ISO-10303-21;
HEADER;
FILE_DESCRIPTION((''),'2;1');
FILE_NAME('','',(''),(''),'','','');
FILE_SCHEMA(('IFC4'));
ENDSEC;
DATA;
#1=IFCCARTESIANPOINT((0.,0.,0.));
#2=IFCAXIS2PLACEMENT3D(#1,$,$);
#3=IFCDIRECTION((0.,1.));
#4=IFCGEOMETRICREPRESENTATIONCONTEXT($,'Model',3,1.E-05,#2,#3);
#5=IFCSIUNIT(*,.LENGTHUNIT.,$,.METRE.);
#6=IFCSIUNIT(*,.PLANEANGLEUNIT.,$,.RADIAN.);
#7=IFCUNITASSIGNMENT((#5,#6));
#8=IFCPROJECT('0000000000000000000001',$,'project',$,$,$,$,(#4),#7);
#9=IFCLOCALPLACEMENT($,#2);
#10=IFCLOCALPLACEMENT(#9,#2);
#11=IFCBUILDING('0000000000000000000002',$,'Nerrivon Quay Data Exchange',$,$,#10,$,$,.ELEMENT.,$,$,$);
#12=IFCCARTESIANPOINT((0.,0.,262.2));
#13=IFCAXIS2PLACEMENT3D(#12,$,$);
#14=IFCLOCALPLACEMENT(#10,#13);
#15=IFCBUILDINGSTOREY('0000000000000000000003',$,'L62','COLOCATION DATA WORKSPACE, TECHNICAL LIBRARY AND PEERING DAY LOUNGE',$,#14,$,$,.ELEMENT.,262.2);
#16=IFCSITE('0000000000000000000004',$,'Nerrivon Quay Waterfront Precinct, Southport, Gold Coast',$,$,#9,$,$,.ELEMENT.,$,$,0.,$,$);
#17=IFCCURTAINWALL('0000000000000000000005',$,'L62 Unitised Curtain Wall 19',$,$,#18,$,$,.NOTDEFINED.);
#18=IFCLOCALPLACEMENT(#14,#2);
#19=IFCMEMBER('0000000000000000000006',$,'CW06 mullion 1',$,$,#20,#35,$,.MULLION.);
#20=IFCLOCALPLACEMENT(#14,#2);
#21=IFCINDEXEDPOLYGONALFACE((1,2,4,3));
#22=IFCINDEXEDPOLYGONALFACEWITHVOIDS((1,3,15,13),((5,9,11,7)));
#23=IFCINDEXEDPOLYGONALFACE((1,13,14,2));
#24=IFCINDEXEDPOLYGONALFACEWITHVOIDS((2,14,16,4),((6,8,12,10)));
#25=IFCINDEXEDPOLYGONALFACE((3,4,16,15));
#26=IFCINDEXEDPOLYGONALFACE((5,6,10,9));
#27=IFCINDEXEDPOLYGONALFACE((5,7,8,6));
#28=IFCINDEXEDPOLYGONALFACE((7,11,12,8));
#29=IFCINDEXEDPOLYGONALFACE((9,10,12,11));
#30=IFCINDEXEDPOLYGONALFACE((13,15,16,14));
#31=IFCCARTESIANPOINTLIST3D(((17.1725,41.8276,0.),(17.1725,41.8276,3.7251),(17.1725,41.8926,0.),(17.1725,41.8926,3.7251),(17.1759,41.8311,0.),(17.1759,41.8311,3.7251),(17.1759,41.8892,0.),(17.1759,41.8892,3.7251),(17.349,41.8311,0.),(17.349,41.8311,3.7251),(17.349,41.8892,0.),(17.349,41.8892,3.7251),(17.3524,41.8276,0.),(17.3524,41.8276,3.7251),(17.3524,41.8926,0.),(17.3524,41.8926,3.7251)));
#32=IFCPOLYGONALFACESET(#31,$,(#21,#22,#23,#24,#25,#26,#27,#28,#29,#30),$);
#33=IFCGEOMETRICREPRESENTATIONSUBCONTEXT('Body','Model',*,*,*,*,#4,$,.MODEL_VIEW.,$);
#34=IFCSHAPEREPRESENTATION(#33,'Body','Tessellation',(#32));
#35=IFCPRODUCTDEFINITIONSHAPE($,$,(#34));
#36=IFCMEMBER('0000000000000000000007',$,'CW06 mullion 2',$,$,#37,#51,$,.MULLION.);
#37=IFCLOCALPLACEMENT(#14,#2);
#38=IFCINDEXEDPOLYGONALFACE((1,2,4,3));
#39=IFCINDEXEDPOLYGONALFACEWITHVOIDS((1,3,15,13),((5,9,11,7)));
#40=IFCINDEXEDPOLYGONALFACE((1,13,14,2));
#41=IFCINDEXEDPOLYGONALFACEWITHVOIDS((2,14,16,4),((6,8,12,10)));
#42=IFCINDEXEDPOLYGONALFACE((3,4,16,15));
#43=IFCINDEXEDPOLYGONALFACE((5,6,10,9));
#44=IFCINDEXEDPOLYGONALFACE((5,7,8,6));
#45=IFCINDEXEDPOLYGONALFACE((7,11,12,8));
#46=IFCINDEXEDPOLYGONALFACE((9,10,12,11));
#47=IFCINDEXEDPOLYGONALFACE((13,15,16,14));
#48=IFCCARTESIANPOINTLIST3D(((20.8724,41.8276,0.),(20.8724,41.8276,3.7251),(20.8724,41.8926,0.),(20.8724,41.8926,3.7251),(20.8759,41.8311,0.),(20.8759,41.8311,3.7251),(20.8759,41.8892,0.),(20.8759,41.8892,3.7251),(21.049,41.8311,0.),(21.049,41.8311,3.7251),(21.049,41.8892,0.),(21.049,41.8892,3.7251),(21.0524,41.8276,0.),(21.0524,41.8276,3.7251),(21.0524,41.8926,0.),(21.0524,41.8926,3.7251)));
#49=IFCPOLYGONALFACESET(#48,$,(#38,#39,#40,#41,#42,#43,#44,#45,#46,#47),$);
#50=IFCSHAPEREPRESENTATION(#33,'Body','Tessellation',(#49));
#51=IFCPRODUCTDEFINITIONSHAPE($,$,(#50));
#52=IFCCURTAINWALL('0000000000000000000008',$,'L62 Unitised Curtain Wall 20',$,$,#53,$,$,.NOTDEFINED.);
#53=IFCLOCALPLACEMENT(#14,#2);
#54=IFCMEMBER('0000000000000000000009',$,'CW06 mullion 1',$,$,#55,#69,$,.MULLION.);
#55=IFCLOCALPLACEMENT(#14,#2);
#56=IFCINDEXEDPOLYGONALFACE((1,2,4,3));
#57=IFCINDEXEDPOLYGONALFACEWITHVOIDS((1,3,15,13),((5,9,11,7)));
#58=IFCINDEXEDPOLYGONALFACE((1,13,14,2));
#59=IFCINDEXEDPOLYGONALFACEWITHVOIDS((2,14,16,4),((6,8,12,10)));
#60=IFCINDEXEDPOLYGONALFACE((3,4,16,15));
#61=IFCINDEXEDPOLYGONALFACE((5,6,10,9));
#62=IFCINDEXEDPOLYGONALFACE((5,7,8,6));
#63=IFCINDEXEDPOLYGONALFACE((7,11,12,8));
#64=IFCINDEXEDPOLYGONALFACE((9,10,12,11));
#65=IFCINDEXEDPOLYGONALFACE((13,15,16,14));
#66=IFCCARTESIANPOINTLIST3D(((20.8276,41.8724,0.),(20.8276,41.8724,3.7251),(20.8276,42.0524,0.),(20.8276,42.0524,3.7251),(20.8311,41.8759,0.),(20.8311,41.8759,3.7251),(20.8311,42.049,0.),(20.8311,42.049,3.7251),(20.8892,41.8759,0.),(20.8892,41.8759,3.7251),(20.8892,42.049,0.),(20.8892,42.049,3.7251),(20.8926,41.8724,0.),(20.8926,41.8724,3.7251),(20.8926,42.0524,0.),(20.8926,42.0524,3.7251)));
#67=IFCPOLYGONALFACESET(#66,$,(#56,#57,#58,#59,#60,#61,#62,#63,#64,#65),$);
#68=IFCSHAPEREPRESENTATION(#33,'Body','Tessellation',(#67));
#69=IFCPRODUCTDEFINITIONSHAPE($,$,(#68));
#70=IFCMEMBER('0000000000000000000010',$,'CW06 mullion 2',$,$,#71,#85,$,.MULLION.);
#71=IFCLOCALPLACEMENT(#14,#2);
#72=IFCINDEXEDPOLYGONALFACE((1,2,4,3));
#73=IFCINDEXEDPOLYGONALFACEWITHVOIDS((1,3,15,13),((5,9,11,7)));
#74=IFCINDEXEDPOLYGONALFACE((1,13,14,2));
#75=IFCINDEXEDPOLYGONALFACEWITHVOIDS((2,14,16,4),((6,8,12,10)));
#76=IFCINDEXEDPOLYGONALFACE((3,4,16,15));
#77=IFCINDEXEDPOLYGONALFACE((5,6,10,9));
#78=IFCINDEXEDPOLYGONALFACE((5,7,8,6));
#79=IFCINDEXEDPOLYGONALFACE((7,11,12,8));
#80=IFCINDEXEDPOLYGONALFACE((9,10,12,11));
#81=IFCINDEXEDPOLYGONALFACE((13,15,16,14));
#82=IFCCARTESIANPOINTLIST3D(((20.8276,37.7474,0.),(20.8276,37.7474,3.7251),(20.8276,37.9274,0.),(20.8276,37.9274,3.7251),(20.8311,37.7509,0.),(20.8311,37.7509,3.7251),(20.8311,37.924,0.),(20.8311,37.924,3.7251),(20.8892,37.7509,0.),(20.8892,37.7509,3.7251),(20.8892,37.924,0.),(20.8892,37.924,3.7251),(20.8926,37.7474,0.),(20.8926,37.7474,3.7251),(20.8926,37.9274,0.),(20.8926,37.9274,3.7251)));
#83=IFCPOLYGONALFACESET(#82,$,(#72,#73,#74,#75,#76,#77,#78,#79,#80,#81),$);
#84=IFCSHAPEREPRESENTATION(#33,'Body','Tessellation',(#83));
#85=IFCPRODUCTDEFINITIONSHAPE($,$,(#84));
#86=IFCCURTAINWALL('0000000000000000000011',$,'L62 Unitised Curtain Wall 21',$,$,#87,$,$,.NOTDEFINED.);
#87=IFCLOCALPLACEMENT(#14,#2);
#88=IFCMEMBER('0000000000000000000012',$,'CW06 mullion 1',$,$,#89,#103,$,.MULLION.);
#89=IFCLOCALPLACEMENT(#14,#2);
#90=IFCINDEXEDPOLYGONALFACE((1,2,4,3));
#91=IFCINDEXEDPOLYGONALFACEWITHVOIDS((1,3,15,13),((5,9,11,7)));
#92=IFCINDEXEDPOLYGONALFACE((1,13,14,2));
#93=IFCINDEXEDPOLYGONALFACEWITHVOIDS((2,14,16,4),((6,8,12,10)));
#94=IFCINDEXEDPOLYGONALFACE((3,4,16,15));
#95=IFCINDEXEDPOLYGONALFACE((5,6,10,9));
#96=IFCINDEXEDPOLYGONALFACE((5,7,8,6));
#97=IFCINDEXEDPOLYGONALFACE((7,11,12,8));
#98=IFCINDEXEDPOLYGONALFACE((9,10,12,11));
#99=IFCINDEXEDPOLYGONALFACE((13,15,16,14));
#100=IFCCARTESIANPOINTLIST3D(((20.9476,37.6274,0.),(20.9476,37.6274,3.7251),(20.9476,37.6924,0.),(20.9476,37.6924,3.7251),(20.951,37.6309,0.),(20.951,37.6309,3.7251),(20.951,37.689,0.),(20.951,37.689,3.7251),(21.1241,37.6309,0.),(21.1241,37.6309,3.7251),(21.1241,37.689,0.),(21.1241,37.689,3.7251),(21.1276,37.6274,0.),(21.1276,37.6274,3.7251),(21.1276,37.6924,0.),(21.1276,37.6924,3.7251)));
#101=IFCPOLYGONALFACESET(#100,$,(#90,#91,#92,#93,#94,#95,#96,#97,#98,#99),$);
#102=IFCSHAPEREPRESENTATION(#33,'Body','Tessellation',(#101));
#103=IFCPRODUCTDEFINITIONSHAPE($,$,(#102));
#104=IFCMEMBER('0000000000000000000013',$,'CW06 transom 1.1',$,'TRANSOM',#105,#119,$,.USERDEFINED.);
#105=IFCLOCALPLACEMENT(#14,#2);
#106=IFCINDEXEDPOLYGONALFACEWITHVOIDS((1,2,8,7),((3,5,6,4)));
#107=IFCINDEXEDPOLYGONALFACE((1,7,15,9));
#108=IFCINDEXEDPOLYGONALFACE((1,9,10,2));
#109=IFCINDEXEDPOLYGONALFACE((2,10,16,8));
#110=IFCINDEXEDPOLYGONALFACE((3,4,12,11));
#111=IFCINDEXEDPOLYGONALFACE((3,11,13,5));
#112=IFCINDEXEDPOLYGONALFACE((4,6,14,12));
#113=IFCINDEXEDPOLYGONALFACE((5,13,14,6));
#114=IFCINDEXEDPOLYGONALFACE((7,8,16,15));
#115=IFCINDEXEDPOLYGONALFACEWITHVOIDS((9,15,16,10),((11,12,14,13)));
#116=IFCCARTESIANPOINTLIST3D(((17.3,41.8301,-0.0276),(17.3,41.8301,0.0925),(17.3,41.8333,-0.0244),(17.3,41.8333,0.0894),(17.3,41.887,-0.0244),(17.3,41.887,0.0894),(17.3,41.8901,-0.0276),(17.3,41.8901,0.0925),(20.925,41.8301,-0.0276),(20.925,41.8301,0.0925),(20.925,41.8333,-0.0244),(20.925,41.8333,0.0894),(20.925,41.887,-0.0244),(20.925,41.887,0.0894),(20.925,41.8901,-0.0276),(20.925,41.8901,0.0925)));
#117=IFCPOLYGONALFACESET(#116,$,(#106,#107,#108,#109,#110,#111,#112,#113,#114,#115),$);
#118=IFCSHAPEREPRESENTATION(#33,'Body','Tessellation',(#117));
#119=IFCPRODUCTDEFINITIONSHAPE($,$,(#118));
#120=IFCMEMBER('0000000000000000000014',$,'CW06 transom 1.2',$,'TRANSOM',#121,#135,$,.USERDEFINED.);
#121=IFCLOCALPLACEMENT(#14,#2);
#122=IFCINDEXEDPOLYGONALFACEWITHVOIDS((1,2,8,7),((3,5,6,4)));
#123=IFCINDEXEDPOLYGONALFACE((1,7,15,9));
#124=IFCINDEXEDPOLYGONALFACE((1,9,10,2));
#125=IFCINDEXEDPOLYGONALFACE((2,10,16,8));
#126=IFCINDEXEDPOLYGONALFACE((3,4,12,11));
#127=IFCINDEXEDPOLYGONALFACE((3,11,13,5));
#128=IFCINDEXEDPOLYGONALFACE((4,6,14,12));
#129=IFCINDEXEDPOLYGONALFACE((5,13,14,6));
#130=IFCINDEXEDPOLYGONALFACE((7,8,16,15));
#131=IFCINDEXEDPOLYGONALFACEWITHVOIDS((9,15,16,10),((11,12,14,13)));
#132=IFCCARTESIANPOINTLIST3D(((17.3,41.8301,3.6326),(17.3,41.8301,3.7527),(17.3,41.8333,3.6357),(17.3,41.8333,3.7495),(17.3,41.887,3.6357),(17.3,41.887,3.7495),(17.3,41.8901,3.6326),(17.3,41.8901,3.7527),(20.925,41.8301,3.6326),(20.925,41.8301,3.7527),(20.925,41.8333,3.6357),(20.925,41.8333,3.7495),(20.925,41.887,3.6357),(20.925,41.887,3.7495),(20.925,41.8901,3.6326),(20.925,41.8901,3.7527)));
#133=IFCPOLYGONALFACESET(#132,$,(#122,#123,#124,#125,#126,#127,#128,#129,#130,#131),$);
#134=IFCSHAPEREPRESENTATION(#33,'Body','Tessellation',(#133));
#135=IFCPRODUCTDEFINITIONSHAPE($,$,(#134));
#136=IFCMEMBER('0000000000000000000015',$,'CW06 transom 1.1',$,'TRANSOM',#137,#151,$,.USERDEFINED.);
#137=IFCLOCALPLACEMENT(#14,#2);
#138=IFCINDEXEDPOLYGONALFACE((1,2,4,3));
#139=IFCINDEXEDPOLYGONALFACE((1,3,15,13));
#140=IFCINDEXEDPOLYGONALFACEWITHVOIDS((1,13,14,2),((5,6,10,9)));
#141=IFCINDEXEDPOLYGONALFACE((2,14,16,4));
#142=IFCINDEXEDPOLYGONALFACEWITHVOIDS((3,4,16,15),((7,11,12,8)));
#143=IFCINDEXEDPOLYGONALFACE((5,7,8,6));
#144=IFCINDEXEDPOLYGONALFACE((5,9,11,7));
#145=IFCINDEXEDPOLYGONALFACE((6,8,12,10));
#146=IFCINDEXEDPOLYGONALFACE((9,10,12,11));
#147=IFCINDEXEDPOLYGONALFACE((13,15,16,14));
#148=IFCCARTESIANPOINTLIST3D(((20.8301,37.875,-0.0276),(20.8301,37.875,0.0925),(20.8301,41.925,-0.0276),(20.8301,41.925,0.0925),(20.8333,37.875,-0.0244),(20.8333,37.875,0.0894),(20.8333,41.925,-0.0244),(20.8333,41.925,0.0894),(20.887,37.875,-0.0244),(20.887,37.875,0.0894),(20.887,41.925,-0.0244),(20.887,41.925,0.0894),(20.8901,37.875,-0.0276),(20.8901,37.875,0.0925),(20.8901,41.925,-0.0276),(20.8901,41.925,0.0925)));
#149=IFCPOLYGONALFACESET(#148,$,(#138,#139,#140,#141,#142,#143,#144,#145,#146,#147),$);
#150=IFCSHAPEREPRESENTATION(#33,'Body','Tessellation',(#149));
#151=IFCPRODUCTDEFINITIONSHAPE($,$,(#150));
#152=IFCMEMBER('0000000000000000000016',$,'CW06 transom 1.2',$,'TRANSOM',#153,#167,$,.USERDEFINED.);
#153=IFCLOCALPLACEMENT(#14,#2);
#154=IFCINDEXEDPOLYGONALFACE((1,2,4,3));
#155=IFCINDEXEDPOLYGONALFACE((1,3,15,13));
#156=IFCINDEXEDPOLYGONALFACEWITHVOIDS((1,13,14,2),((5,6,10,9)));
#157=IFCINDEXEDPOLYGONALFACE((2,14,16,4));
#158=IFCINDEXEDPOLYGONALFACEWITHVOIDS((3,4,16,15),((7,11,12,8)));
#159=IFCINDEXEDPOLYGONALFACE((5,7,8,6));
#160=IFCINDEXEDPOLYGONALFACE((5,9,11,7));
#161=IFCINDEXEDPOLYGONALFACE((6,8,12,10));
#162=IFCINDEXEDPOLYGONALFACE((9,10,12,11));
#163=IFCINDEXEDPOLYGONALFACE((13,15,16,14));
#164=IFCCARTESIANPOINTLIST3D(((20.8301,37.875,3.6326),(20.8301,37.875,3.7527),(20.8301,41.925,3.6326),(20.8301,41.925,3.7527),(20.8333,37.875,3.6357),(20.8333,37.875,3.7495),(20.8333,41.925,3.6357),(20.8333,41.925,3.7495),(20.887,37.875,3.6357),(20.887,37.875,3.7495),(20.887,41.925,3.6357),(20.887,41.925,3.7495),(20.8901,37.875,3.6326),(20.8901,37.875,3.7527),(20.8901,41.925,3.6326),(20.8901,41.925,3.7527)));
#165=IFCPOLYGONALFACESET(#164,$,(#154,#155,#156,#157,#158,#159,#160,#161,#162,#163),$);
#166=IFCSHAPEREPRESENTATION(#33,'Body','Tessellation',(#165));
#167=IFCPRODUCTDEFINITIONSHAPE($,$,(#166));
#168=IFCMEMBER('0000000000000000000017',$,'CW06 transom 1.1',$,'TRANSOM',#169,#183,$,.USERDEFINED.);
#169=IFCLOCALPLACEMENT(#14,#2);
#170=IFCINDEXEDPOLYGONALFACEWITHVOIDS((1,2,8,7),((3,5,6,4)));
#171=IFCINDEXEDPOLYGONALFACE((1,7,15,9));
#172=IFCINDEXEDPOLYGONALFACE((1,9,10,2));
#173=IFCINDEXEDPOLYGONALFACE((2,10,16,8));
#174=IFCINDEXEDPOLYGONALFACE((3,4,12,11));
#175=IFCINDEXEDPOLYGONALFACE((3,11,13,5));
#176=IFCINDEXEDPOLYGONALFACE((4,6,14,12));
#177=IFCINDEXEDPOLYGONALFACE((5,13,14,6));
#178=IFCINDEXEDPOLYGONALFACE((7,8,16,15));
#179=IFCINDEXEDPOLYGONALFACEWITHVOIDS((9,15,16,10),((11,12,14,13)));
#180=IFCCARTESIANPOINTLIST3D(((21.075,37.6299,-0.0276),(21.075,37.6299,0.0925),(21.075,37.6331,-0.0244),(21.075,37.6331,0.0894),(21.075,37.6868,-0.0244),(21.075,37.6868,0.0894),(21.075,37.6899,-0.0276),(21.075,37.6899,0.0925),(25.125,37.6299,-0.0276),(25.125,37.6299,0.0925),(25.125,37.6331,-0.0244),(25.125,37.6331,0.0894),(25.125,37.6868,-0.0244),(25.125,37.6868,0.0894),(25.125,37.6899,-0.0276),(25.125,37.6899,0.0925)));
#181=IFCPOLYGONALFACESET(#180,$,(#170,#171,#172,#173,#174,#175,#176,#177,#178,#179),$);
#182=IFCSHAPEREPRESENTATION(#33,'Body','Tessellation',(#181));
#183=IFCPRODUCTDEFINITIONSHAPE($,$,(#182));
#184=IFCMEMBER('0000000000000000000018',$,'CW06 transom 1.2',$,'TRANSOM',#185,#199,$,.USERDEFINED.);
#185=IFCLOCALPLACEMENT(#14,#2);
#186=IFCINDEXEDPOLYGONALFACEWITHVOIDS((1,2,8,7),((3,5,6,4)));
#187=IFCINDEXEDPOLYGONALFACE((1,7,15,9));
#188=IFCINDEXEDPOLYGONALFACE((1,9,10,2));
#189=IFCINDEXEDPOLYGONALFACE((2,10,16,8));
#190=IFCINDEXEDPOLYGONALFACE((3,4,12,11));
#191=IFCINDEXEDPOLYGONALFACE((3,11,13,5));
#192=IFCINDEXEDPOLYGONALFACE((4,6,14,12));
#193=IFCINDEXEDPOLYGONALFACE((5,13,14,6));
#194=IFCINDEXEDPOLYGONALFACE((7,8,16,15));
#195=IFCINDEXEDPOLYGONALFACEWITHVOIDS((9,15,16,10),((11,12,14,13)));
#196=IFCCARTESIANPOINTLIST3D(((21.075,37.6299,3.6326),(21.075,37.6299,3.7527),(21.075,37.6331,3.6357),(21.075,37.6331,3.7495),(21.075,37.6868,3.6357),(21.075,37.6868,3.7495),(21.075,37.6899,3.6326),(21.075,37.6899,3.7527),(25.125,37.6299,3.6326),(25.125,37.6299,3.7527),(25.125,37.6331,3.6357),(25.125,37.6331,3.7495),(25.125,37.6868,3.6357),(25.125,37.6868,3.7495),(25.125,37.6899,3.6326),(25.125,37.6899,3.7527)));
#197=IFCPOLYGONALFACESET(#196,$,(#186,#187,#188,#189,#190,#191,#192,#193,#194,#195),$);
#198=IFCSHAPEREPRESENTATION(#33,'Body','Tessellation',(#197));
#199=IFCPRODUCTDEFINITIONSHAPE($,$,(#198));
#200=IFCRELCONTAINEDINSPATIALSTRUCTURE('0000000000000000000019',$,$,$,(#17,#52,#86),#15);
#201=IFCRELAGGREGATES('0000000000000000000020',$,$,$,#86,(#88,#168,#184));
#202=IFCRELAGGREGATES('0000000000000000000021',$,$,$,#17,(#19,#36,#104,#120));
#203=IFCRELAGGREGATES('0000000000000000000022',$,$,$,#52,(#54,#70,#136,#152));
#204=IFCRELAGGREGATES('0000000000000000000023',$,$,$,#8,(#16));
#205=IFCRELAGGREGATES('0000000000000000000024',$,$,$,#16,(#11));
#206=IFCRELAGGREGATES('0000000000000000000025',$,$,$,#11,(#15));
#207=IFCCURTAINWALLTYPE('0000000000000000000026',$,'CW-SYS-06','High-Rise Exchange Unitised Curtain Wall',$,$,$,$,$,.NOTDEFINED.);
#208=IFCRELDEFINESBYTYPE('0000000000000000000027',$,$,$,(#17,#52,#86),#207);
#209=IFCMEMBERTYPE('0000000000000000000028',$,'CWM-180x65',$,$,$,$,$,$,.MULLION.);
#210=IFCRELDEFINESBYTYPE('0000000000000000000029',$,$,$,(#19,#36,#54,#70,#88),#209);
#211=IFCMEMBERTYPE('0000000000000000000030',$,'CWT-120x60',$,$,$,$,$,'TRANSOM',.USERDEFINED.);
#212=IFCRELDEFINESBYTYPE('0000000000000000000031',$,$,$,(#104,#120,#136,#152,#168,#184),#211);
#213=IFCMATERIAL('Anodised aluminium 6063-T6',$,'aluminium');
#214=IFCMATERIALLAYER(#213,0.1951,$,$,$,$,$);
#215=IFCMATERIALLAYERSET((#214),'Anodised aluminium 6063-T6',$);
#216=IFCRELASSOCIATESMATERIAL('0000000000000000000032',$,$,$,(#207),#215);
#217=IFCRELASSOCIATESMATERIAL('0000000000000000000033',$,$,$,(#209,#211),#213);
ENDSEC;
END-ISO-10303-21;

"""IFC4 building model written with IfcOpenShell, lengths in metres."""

from ifc_helpers import new_model, si_unit, direction, frame, origin, origin_2d, place, context, subcontext, project, spatial, hollow_rectangle, extrude, material, layer, layer_set, material_profile, profile_set, type_object, element, aggregate, save


model = new_model("IFC4")

# Units and contexts
model_context = context("Model", 3, precision=1e-05, world=origin(), true_north=direction((0.0, 1.0)))
body_context = subcontext(model_context, "Body", "Model", "MODEL_VIEW")
ifc_project = project(units=[si_unit("LENGTHUNIT", "METRE"), si_unit("PLANEANGLEUNIT", "RADIAN")], contexts=[model_context])

# Site, building, storey
site_placement = place(None, origin())
site = spatial("IfcSite", under=ifc_project, at=site_placement, Name="Nerrivon Quay Waterfront Precinct, Southport, Gold Coast", CompositionType="ELEMENT", RefElevation=0.0)
building_placement = place(site_placement, origin())
building = spatial("IfcBuilding", under=site, at=building_placement, Name="Nerrivon Quay Data Exchange", CompositionType="ELEMENT")
storey_placement = place(building_placement, frame((0.0, 0.0, 262.2)))
storey = spatial("IfcBuildingStorey", under=building, at=storey_placement, Name="L62", Description="COLOCATION DATA WORKSPACE, TECHNICAL LIBRARY AND PEERING DAY LOUNGE", CompositionType="ELEMENT", Elevation=262.2)

# Curtain walls, members
ifc_material_1 = material(Name="Anodised aluminium 6063-T6", Category="aluminium")
ifc_layer_1 = layer(ifc_material_1, 0.1951)
ifc_layer_set_1 = layer_set([ifc_layer_1], Name="Anodised aluminium 6063-T6")
curtain_wall_type = type_object("IfcCurtainWallType", Name="CW-SYS-06", Description="High-Rise Exchange Unitised Curtain Wall", PredefinedType="NOTDEFINED", material=ifc_layer_set_1)
curtain_wall_1_placement = place(storey_placement, origin())
curtain_wall_1 = element("IfcCurtainWall", 1, at=curtain_wall_1_placement, inside=storey, type_object=curtain_wall_type, Name="L62 Unitised Curtain Wall 19", PredefinedType="NOTDEFINED")
ifc_material_profile_1 = material_profile(ifc_material_1, hollow_rectangle(XDim=0.0649, YDim=0.1799, WallThickness=0.0034, at=origin_2d()), Name="ALU-MULL-180x65")
ifc_profile_set_1 = profile_set([ifc_material_profile_1], Name="Anodised aluminium 6063-T6")
member_type_1 = type_object("IfcMemberType", Name="CWM-180x65", PredefinedType="MULLION", material=ifc_profile_set_1)
member_1_placement = place(storey_placement, frame((17.2625, 41.8601, 0.0), z_axis=(0.0, 0.0, 1.0), x_axis=(0.0, 1.0, 0.0)))
member_1 = element("IfcMember", 2, at=member_1_placement, type_object=member_type_1, Name="CW06 mullion 1", PredefinedType="MULLION", context=body_context, shape_type="SweptSolid", body=[
    extrude(hollow_rectangle(XDim=0.0649, YDim=0.1799, WallThickness=0.0034, at=origin_2d()), origin(), (0.0, 0.0, 1.0), 3.7251),
])
member_2_placement = place(storey_placement, frame((20.9624, 41.8601, 0.0), z_axis=(0.0, 0.0, 1.0), x_axis=(0.0, 1.0, 0.0)))
member_2 = element("IfcMember", 3, at=member_2_placement, type_object=member_type_1, Name="CW06 mullion 2", PredefinedType="MULLION", context=body_context, shape_type="SweptSolid", body=[
    extrude(hollow_rectangle(XDim=0.0649, YDim=0.1799, WallThickness=0.0034, at=origin_2d()), origin(), (0.0, 0.0, 1.0), 3.7251),
])
curtain_wall_2_placement = place(storey_placement, origin())
curtain_wall_2 = element("IfcCurtainWall", 4, at=curtain_wall_2_placement, inside=storey, type_object=curtain_wall_type, Name="L62 Unitised Curtain Wall 20", PredefinedType="NOTDEFINED")
member_3_placement = place(storey_placement, frame((20.8601, 41.9624, 0.0), z_axis=(0.0, 0.0, 1.0), x_axis=(1.0, 0.0, 0.0)))
member_3 = element("IfcMember", 5, at=member_3_placement, type_object=member_type_1, Name="CW06 mullion 1", PredefinedType="MULLION", context=body_context, shape_type="SweptSolid", body=[
    extrude(hollow_rectangle(XDim=0.0649, YDim=0.1799, WallThickness=0.0034, at=origin_2d()), origin(), (0.0, 0.0, 1.0), 3.7251),
])
member_4_placement = place(storey_placement, frame((20.8601, 37.8374, 0.0), z_axis=(0.0, 0.0, 1.0), x_axis=(1.0, 0.0, 0.0)))
member_4 = element("IfcMember", 6, at=member_4_placement, type_object=member_type_1, Name="CW06 mullion 2", PredefinedType="MULLION", context=body_context, shape_type="SweptSolid", body=[
    extrude(hollow_rectangle(XDim=0.0649, YDim=0.1799, WallThickness=0.0034, at=origin_2d()), origin(), (0.0, 0.0, 1.0), 3.7251),
])

# Curtain wall, member
curtain_wall_3_placement = place(storey_placement, origin())
curtain_wall_3 = element("IfcCurtainWall", 7, at=curtain_wall_3_placement, inside=storey, type_object=curtain_wall_type, Name="L62 Unitised Curtain Wall 21", PredefinedType="NOTDEFINED")
member_5_placement = place(storey_placement, frame((21.0376, 37.6599, 0.0), z_axis=(0.0, 0.0, 1.0), x_axis=(0.0, 1.0, 0.0)))
member_5 = element("IfcMember", 8, at=member_5_placement, type_object=member_type_1, Name="CW06 mullion 1", PredefinedType="MULLION", context=body_context, shape_type="SweptSolid", body=[
    extrude(hollow_rectangle(XDim=0.0649, YDim=0.1799, WallThickness=0.0034, at=origin_2d()), origin(), (0.0, 0.0, 1.0), 3.7251),
])

# Members
ifc_material_profile_2 = material_profile(ifc_material_1, hollow_rectangle(XDim=0.0601, YDim=0.1201, WallThickness=0.0032, at=origin_2d()), Name="ALU-TRAN-120x60")
ifc_profile_set_2 = profile_set([ifc_material_profile_2], Name="Anodised aluminium 6063-T6")
member_type_2 = type_object("IfcMemberType", Name="CWT-120x60", ElementType="TRANSOM", PredefinedType="USERDEFINED", material=ifc_profile_set_2)
member_6_placement = place(storey_placement, frame((17.3, 41.8601, 0.0325), z_axis=(1.0, 0.0, 0.0), x_axis=(0.0, 1.0, 0.0)))
member_6 = element("IfcMember", 9, at=member_6_placement, type_object=member_type_2, Name="CW06 transom 1.1", ObjectType="TRANSOM", PredefinedType="USERDEFINED", context=body_context, shape_type="SweptSolid", body=[
    extrude(hollow_rectangle(XDim=0.0601, YDim=0.1201, WallThickness=0.0032, at=origin_2d()), origin(), (0.0, 0.0, 1.0), 3.625),
])
member_7_placement = place(storey_placement, frame((17.3, 41.8601, 3.6926), z_axis=(1.0, 0.0, 0.0), x_axis=(0.0, 1.0, 0.0)))
member_7 = element("IfcMember", 10, at=member_7_placement, type_object=member_type_2, Name="CW06 transom 1.2", ObjectType="TRANSOM", PredefinedType="USERDEFINED", context=body_context, shape_type="SweptSolid", body=[
    extrude(hollow_rectangle(XDim=0.0601, YDim=0.1201, WallThickness=0.0032, at=origin_2d()), origin(), (0.0, 0.0, 1.0), 3.625),
])
member_8_placement = place(storey_placement, frame((20.8601, 41.925, 0.0325), z_axis=(0.0, -1.0, 0.0), x_axis=(1.0, 0.0, 0.0)))
member_8 = element("IfcMember", 11, at=member_8_placement, type_object=member_type_2, Name="CW06 transom 1.1", ObjectType="TRANSOM", PredefinedType="USERDEFINED", context=body_context, shape_type="SweptSolid", body=[
    extrude(hollow_rectangle(XDim=0.0601, YDim=0.1201, WallThickness=0.0032, at=origin_2d()), origin(), (0.0, 0.0, 1.0), 4.05),
])
member_9_placement = place(storey_placement, frame((20.8601, 41.925, 3.6926), z_axis=(0.0, -1.0, 0.0), x_axis=(1.0, 0.0, 0.0)))
member_9 = element("IfcMember", 12, at=member_9_placement, type_object=member_type_2, Name="CW06 transom 1.2", ObjectType="TRANSOM", PredefinedType="USERDEFINED", context=body_context, shape_type="SweptSolid", body=[
    extrude(hollow_rectangle(XDim=0.0601, YDim=0.1201, WallThickness=0.0032, at=origin_2d()), origin(), (0.0, 0.0, 1.0), 4.05),
])
member_10_placement = place(storey_placement, frame((21.075, 37.6599, 0.0325), z_axis=(1.0, 0.0, 0.0), x_axis=(0.0, 1.0, 0.0)))
member_10 = element("IfcMember", 13, at=member_10_placement, type_object=member_type_2, Name="CW06 transom 1.1", ObjectType="TRANSOM", PredefinedType="USERDEFINED", context=body_context, shape_type="SweptSolid", body=[
    extrude(hollow_rectangle(XDim=0.0601, YDim=0.1201, WallThickness=0.0032, at=origin_2d()), origin(), (0.0, 0.0, 1.0), 4.05),
])
member_11_placement = place(storey_placement, frame((21.075, 37.6599, 3.6926), z_axis=(1.0, 0.0, 0.0), x_axis=(0.0, 1.0, 0.0)))
member_11 = element("IfcMember", 14, at=member_11_placement, type_object=member_type_2, Name="CW06 transom 1.2", ObjectType="TRANSOM", PredefinedType="USERDEFINED", context=body_context, shape_type="SweptSolid", body=[
    extrude(hollow_rectangle(XDim=0.0601, YDim=0.1201, WallThickness=0.0032, at=origin_2d()), origin(), (0.0, 0.0, 1.0), 4.05),
])
aggregate(curtain_wall_3, [member_5, member_10, member_11])

aggregate(curtain_wall_1, [member_1, member_2, member_6, member_7])
aggregate(curtain_wall_2, [member_3, member_4, member_8, member_9])

save(model, "model.ifc")
